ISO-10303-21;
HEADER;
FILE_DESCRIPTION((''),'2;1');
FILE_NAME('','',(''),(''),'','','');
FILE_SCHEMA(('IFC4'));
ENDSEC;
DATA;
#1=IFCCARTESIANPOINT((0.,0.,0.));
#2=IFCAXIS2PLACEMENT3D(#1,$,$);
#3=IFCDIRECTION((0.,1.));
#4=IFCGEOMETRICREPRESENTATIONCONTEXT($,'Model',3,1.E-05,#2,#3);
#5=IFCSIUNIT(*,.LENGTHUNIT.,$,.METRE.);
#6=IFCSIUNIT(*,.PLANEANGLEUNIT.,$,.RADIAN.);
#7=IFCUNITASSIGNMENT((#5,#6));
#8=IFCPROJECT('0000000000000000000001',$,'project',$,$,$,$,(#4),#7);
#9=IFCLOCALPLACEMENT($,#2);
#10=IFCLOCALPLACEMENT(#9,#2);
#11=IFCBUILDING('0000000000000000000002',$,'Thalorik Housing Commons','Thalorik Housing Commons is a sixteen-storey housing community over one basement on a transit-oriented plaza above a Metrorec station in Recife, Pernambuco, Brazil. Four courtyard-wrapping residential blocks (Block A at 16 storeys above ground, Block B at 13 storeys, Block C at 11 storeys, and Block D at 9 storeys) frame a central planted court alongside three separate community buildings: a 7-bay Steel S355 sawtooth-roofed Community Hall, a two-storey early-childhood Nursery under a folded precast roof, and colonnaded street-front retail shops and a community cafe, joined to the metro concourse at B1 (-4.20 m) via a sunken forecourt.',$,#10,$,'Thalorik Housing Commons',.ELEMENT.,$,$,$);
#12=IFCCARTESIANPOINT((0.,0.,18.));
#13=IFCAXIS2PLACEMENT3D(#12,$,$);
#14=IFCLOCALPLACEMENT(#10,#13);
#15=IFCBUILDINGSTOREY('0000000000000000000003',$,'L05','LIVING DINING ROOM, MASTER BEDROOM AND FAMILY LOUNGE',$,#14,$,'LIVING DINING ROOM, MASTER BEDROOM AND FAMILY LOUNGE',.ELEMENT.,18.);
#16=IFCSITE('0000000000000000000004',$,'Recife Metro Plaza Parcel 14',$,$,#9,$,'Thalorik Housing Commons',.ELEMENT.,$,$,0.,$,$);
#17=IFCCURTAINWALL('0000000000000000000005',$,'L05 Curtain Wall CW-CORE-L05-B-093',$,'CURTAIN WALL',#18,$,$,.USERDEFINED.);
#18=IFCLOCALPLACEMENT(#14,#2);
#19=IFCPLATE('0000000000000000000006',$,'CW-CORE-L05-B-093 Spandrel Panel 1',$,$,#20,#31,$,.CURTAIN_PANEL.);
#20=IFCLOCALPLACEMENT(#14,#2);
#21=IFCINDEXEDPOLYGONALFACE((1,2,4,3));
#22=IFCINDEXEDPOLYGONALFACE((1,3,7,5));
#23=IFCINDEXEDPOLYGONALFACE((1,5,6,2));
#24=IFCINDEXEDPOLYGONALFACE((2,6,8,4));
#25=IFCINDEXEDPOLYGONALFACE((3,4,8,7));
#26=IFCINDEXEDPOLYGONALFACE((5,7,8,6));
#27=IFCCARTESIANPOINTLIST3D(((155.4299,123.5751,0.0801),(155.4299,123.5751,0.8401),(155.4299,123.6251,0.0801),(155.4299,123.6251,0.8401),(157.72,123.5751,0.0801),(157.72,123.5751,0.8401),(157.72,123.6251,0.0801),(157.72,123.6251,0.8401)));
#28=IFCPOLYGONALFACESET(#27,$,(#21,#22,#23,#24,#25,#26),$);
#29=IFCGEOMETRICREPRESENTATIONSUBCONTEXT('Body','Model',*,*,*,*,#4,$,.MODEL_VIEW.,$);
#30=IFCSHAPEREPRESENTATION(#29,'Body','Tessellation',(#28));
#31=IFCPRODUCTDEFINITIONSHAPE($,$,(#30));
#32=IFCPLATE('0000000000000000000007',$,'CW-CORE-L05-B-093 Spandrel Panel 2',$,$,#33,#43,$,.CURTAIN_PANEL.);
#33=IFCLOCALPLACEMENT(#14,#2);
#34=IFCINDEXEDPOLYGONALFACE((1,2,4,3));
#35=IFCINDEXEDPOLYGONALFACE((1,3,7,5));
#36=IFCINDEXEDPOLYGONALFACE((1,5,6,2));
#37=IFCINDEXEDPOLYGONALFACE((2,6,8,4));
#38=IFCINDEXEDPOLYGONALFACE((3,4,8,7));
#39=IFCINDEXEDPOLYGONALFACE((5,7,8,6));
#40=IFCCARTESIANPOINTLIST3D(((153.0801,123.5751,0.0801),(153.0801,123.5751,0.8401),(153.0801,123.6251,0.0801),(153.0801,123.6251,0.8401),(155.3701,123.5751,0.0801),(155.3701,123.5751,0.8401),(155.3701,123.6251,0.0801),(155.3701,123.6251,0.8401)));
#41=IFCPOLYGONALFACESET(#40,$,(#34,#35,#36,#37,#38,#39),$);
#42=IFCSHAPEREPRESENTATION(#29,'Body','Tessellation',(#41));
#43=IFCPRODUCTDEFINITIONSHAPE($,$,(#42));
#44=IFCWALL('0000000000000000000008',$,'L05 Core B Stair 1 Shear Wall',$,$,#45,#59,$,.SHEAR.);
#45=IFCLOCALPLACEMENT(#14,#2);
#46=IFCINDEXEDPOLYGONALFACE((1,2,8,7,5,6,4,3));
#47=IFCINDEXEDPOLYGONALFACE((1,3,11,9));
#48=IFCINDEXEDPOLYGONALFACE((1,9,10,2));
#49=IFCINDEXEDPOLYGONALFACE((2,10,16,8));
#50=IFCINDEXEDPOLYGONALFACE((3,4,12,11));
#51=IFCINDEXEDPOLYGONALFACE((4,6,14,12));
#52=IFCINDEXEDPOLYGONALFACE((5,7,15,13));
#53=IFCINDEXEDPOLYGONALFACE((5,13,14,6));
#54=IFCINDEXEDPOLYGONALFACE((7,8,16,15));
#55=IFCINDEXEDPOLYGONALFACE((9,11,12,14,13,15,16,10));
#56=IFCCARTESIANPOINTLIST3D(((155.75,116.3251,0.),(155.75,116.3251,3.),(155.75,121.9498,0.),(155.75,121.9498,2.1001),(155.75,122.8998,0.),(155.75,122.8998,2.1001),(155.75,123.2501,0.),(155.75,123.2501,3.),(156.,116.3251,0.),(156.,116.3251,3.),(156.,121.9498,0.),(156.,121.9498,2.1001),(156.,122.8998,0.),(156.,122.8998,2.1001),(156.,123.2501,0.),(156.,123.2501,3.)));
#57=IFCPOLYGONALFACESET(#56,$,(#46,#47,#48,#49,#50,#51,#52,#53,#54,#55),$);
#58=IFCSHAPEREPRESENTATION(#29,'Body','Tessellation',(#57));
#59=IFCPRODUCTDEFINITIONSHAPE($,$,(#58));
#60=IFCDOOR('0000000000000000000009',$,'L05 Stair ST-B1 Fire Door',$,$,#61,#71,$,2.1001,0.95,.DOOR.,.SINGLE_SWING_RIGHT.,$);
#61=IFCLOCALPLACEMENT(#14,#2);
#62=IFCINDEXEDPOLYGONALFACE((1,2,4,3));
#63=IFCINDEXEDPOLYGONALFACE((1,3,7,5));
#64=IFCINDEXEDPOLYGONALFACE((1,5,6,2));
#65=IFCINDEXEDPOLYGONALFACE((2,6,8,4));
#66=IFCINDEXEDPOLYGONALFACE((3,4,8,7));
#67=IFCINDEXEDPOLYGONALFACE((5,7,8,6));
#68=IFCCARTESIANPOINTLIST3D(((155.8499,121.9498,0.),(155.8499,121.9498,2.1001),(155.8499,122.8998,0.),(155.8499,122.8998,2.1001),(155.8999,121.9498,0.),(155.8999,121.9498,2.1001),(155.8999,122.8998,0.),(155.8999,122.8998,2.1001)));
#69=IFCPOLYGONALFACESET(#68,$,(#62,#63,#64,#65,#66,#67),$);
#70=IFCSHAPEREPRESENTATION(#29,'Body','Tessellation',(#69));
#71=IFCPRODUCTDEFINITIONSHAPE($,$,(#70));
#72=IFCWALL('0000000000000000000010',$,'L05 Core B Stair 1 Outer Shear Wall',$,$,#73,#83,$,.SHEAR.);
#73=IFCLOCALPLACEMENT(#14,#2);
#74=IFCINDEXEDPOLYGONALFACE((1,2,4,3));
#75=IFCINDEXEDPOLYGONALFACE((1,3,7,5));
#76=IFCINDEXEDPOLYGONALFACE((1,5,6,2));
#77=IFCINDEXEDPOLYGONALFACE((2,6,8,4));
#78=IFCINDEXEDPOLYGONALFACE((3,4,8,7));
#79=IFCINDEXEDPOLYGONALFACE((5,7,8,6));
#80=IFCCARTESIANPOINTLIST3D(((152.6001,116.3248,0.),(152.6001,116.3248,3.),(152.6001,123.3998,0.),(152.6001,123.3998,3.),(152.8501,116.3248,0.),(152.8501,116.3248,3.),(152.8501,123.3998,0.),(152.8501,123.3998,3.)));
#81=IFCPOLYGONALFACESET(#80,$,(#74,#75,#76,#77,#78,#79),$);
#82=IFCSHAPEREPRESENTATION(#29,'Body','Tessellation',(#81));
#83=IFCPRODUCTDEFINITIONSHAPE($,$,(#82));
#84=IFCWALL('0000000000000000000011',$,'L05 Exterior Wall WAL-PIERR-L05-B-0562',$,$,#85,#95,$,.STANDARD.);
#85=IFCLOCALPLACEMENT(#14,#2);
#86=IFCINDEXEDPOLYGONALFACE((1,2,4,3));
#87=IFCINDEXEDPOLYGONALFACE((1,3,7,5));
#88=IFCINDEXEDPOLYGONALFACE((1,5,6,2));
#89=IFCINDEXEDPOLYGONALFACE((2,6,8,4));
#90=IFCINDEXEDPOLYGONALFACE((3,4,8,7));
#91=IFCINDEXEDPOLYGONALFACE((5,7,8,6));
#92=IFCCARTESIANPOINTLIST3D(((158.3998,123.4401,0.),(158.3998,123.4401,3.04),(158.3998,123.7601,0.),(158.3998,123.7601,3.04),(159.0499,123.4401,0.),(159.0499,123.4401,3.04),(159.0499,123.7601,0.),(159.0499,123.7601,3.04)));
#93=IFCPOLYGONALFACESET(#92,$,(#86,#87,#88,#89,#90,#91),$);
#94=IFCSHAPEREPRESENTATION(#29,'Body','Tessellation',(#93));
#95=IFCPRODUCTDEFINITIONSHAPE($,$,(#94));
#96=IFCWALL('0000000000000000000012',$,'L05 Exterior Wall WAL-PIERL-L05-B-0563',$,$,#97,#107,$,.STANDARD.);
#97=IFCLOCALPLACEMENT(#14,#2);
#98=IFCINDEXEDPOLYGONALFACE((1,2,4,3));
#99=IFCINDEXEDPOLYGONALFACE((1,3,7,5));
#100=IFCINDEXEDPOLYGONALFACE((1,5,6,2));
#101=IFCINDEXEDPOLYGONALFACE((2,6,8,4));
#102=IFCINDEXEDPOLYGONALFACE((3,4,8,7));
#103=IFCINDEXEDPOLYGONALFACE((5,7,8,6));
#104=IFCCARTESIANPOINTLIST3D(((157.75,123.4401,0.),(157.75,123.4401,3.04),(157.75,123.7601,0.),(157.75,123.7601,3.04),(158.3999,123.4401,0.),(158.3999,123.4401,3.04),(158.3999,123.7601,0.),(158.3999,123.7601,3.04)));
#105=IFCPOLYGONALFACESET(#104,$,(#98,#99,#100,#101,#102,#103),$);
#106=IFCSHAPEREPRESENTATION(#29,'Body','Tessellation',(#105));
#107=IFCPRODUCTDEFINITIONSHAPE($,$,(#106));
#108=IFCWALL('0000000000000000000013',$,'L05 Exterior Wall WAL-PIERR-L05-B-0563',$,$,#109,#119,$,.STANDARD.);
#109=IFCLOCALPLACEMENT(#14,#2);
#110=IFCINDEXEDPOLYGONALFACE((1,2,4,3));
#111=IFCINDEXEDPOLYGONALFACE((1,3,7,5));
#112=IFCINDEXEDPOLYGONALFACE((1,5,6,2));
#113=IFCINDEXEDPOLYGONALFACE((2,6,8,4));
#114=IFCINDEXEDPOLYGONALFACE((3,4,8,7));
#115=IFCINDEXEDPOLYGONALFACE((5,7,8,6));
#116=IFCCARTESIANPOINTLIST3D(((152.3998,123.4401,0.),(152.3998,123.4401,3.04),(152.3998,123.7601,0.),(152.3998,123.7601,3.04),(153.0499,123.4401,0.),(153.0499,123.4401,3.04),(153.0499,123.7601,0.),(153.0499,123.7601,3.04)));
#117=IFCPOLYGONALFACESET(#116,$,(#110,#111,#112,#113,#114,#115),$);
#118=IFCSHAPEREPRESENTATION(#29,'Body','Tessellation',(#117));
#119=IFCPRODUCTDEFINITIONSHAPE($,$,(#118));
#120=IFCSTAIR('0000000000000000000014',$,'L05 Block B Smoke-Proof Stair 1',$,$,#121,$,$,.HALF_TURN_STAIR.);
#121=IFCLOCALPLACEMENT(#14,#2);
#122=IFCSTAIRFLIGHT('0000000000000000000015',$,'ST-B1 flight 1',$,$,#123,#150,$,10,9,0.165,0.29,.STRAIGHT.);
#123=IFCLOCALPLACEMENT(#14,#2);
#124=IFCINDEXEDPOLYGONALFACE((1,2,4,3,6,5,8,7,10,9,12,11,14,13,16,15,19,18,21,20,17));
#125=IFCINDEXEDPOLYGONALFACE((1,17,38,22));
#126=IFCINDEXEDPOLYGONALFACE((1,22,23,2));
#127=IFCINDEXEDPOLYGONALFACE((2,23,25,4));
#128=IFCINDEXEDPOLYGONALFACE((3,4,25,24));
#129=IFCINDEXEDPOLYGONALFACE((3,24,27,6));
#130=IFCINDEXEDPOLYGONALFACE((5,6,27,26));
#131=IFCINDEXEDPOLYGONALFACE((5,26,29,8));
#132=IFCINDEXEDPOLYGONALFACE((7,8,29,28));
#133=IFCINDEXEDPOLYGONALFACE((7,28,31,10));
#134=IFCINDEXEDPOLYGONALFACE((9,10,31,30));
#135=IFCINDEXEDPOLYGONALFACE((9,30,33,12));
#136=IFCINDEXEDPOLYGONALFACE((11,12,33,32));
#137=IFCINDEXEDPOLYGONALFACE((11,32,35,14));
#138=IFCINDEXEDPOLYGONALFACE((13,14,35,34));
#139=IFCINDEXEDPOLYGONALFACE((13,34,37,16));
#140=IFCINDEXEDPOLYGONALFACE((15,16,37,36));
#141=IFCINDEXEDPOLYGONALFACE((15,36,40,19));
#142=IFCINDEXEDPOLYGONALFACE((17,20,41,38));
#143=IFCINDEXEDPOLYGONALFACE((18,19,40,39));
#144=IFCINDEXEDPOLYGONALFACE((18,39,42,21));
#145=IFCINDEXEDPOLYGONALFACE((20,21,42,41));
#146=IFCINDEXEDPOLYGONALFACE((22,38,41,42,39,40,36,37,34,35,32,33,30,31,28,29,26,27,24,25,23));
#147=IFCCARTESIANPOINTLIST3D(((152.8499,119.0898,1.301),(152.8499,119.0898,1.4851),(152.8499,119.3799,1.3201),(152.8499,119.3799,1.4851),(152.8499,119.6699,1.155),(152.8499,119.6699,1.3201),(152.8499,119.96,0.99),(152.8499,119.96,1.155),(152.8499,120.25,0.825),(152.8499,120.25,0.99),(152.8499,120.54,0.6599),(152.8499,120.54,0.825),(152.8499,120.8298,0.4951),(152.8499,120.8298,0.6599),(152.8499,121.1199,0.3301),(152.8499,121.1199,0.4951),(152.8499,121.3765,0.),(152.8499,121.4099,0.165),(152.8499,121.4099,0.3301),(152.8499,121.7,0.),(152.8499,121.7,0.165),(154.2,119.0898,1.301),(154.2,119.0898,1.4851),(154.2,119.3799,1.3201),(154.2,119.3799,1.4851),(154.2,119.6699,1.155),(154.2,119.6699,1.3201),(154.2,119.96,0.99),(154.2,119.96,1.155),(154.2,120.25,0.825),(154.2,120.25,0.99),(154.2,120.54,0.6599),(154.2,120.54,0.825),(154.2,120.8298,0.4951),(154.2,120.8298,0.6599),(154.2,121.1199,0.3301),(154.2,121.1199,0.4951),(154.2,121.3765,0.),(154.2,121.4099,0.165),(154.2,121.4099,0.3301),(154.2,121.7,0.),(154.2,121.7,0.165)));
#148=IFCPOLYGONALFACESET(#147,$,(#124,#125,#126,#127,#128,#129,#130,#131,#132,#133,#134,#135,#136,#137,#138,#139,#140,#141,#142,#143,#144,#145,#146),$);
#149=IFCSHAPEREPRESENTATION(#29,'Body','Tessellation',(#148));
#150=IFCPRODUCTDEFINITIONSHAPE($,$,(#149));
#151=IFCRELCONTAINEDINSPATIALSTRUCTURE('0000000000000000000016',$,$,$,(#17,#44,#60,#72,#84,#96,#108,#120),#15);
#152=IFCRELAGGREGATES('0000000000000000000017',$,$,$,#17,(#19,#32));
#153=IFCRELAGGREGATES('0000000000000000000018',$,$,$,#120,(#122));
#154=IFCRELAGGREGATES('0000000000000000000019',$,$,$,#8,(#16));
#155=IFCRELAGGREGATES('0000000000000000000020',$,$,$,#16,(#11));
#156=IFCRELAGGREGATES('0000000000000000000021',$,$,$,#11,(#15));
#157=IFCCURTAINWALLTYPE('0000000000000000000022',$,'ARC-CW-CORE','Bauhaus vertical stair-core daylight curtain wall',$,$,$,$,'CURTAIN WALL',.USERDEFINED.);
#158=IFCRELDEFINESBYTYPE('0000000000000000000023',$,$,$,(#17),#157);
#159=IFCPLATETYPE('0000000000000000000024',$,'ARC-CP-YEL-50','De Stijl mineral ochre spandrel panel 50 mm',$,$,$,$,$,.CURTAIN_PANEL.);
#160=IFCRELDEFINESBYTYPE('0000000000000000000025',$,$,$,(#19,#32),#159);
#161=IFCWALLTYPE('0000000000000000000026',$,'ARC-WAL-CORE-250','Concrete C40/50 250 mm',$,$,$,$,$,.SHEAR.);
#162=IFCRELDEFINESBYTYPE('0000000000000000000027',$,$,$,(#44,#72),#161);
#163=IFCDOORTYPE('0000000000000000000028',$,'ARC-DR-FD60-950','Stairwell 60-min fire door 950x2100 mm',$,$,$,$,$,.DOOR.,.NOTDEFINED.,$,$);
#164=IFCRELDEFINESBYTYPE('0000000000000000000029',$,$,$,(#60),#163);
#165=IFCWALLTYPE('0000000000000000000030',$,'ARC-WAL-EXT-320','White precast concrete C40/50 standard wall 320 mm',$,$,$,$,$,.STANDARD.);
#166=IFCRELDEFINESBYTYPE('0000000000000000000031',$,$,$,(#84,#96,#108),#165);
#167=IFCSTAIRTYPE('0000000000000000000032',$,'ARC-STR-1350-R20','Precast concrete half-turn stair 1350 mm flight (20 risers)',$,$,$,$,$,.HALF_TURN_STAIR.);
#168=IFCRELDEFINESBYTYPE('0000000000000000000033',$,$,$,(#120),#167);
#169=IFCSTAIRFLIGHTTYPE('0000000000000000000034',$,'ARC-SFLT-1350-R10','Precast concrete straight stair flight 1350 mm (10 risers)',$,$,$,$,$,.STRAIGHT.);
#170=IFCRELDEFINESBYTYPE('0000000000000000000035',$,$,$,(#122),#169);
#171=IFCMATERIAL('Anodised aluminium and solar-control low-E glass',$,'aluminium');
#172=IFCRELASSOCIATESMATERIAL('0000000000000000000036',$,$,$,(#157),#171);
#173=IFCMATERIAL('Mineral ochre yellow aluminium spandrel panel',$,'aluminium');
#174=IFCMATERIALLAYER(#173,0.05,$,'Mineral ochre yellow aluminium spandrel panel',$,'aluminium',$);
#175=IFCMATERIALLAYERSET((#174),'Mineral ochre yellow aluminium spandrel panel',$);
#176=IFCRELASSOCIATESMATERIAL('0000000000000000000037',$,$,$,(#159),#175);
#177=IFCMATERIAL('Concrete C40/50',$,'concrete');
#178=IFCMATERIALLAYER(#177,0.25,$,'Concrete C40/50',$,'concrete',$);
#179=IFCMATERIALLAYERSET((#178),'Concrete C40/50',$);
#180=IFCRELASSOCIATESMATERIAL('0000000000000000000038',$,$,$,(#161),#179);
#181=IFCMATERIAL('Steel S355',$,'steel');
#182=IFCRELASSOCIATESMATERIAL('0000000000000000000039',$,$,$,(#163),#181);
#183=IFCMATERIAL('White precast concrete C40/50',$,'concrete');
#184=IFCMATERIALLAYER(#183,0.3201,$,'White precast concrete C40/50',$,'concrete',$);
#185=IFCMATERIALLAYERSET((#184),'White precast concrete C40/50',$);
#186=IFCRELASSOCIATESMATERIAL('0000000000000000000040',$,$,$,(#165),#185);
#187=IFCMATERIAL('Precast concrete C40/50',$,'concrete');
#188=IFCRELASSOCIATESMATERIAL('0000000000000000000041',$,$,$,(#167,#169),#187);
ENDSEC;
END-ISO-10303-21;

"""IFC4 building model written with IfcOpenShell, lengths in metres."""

from ifc_helpers import new_model, si_unit, direction, frame, frame_2d, origin, origin_2d, place, context, subcontext, project, spatial, polyline, rectangle, outline, extrude, material, layer, layer_set, type_object, element, fill, aggregate, save


model = new_model("IFC4")

# Units and contexts
model_context = context("Model", 3, precision=1e-05, world=origin(), true_north=direction((0.0, 1.0)))
body_context = subcontext(model_context, "Body", "Model", "MODEL_VIEW")
ifc_project = project(units=[si_unit("LENGTHUNIT", "METRE"), si_unit("PLANEANGLEUNIT", "RADIAN")], contexts=[model_context])

# Site, building, storey
site_placement = place(None, origin())
site = spatial("IfcSite", under=ifc_project, at=site_placement, Name="Recife Metro Plaza Parcel 14", LongName="Thalorik Housing Commons", CompositionType="ELEMENT", RefElevation=0.0)
building_placement = place(site_placement, origin())
building = spatial("IfcBuilding", under=site, at=building_placement, Name="Thalorik Housing Commons", Description="Thalorik Housing Commons is a sixteen-storey housing community over one basement on a transit-oriented plaza above a Metrorec station in Recife, Pernambuco, Brazil. Four courtyard-wrapping residential blocks (Block A at 16 storeys above ground, Block B at 13 storeys, Block C at 11 storeys, and Block D at 9 storeys) frame a central planted court alongside three separate community buildings: a 7-bay Steel S355 sawtooth-roofed Community Hall, a two-storey early-childhood Nursery under a folded precast roof, and colonnaded street-front retail shops and a community cafe, joined to the metro concourse at B1 (-4.20 m) via a sunken forecourt.", LongName="Thalorik Housing Commons", CompositionType="ELEMENT")
storey_placement = place(building_placement, frame((0.0, 0.0, 18.0)))
storey = spatial("IfcBuildingStorey", under=building, at=storey_placement, Name="L05", Description="LIVING DINING ROOM, MASTER BEDROOM AND FAMILY LOUNGE", LongName="LIVING DINING ROOM, MASTER BEDROOM AND FAMILY LOUNGE", CompositionType="ELEMENT", Elevation=18.0)

# Shared definitions
ifc_material_1 = material(Name="Precast concrete C40/50", Category="concrete")

# Curtain wall
ifc_material_2 = material(Name="Anodised aluminium and solar-control low-E glass", Category="aluminium")
curtain_wall_type = type_object("IfcCurtainWallType", Name="ARC-CW-CORE", Description="Bauhaus vertical stair-core daylight curtain wall", ElementType="CURTAIN WALL", PredefinedType="USERDEFINED", material=ifc_material_2)
curtain_wall_1_placement = place(storey_placement, origin())
curtain_wall_1 = element("IfcCurtainWall", 1, at=curtain_wall_1_placement, inside=storey, type_object=curtain_wall_type, Name="L05 Curtain Wall CW-CORE-L05-B-093", ObjectType="CURTAIN WALL", PredefinedType="USERDEFINED")

# Plates
ifc_material_3 = material(Name="Mineral ochre yellow aluminium spandrel panel", Category="aluminium")
ifc_layer_1 = layer(ifc_material_3, 0.05, Name="Mineral ochre yellow aluminium spandrel panel", Category="aluminium")
ifc_layer_set_1 = layer_set([ifc_layer_1], Name="Mineral ochre yellow aluminium spandrel panel")
plate_type_1 = type_object("IfcPlateType", Name="ARC-CP-YEL-50", Description="De Stijl mineral ochre spandrel panel 50 mm", PredefinedType="CURTAIN_PANEL", material=ifc_layer_set_1)
plate_1_placement = place(storey_placement, frame((156.575, 123.6001, 0.0801), z_axis=(0.0, 0.0, 1.0), x_axis=(-1.0, 0.0, 0.0)))
plate_1 = element("IfcPlate", 2, at=plate_1_placement, type_object=plate_type_1, Name="CW-CORE-L05-B-093 Spandrel Panel 1", PredefinedType="CURTAIN_PANEL", context=body_context, shape_type="SweptSolid", body=[
    extrude(rectangle(XDim=2.29, YDim=0.05, at=origin_2d()), origin(), (0.0, 0.0, 1.0), 0.76),
])
plate_2_placement = place(storey_placement, frame((154.2251, 123.6001, 0.0801), z_axis=(0.0, 0.0, 1.0), x_axis=(-1.0, 0.0, 0.0)))
plate_2 = element("IfcPlate", 3, at=plate_2_placement, type_object=plate_type_1, Name="CW-CORE-L05-B-093 Spandrel Panel 2", PredefinedType="CURTAIN_PANEL", context=body_context, shape_type="SweptSolid", body=[
    extrude(rectangle(XDim=2.29, YDim=0.05, at=origin_2d()), origin(), (0.0, 0.0, 1.0), 0.76),
])
aggregate(curtain_wall_1, [plate_1, plate_2])

# Wall, opening, door
ifc_material_4 = material(Name="Concrete C40/50", Category="concrete")
ifc_layer_2 = layer(ifc_material_4, 0.25, Name="Concrete C40/50", Category="concrete")
ifc_layer_set_2 = layer_set([ifc_layer_2], Name="Concrete C40/50")
wall_type_1 = type_object("IfcWallType", Name="ARC-WAL-CORE-250", Description="Concrete C40/50 250 mm", PredefinedType="SHEAR", material=ifc_layer_set_2)
wall_1_placement = place(storey_placement, frame((155.875, 123.25, 0.0), z_axis=(0.0, 0.0, 1.0), x_axis=(0.0, -1.0, 0.0)))
wall_1 = element("IfcWall", 4, at=wall_1_placement, inside=storey, type_object=wall_type_1, Name="L05 Core B Stair 1 Shear Wall", PredefinedType="SHEAR", context=body_context, shape_type="SweptSolid", body=[
    extrude(rectangle(XDim=6.925, YDim=0.25, at=frame_2d((3.4624, 0.0))), origin(), (0.0, 0.0, 1.0), 3.0),
])
opening_1_placement = place(wall_1_placement, frame((0.3501, 0.0, 0.0)))
opening_1 = element("IfcOpeningElement", 5, at=opening_1_placement, cuts=wall_1, PredefinedType="OPENING", context=body_context, shape_type="SweptSolid", body=[
    extrude(rectangle(XDim=0.95, YDim=2.1001, at=frame_2d((0.4751, 1.05))), frame((0.0, 0.135, 0.0), z_axis=(0.0, -1.0, 0.0), x_axis=(1.0, 0.0, 0.0)), (0.0, 0.0, 1.0), 0.27),
])
ifc_material_5 = material(Name="Steel S355", Category="steel")
door_type_1 = type_object("IfcDoorType", Name="ARC-DR-FD60-950", Description="Stairwell 60-min fire door 950x2100 mm", OperationType="NOTDEFINED", PredefinedType="DOOR", material=ifc_material_5)
door_1_placement = place(opening_1_placement, origin())
door_1 = element("IfcDoor", 6, at=door_1_placement, inside=storey, type_object=door_type_1, Name="L05 Stair ST-B1 Fire Door", OperationType="SINGLE_SWING_RIGHT", OverallHeight=2.1001, OverallWidth=0.95, PredefinedType="DOOR", context=body_context, shape_type="SweptSolid", body=[
    extrude(rectangle(XDim=0.95, YDim=2.1001, at=frame_2d((0.4751, 1.05))), frame((0.0, 0.0249, 0.0), z_axis=(0.0, -1.0, 0.0), x_axis=(1.0, 0.0, 0.0)), (0.0, 0.0, 1.0), 0.05),
])
fill(opening_1, door_1)

# Walls
wall_2_placement = place(storey_placement, frame((152.7251, 123.3999, 0.0), z_axis=(0.0, 0.0, 1.0), x_axis=(0.0, -1.0, 0.0)))
element("IfcWall", 7, at=wall_2_placement, inside=storey, type_object=wall_type_1, Name="L05 Core B Stair 1 Outer Shear Wall", PredefinedType="SHEAR", context=body_context, shape_type="SweptSolid", body=[
    extrude(rectangle(XDim=7.075, YDim=0.25, at=frame_2d((3.5376, 0.0))), origin(), (0.0, 0.0, 1.0), 3.0),
])
ifc_material_6 = material(Name="White precast concrete C40/50", Category="concrete")
ifc_layer_3 = layer(ifc_material_6, 0.3201, Name="White precast concrete C40/50", Category="concrete")
ifc_layer_set_3 = layer_set([ifc_layer_3], Name="White precast concrete C40/50")
wall_type_2 = type_object("IfcWallType", Name="ARC-WAL-EXT-320", Description="White precast concrete C40/50 standard wall 320 mm", PredefinedType="STANDARD", material=ifc_layer_set_3)
wall_3_placement = place(storey_placement, frame((159.05, 123.6001, 0.0), z_axis=(0.0, 0.0, 1.0), x_axis=(-1.0, 0.0, 0.0)))
element("IfcWall", 8, at=wall_3_placement, inside=storey, type_object=wall_type_2, Name="L05 Exterior Wall WAL-PIERR-L05-B-0562", PredefinedType="STANDARD", context=body_context, shape_type="SweptSolid", body=[
    extrude(rectangle(XDim=0.6501, YDim=0.3201, at=frame_2d((0.3252, 0.0))), origin(), (0.0, 0.0, 1.0), 3.04),
])
wall_4_placement = place(storey_placement, frame((158.3999, 123.6001, 0.0), z_axis=(0.0, 0.0, 1.0), x_axis=(-1.0, 0.0, 0.0)))
element("IfcWall", 9, at=wall_4_placement, inside=storey, type_object=wall_type_2, Name="L05 Exterior Wall WAL-PIERL-L05-B-0563", PredefinedType="STANDARD", context=body_context, shape_type="SweptSolid", body=[
    extrude(rectangle(XDim=0.6499, YDim=0.3201, at=frame_2d((0.325, 0.0))), origin(), (0.0, 0.0, 1.0), 3.04),
])
wall_5_placement = place(storey_placement, frame((153.05, 123.6001, 0.0), z_axis=(0.0, 0.0, 1.0), x_axis=(-1.0, 0.0, 0.0)))
element("IfcWall", 10, at=wall_5_placement, inside=storey, type_object=wall_type_2, Name="L05 Exterior Wall WAL-PIERR-L05-B-0563", PredefinedType="STANDARD", context=body_context, shape_type="SweptSolid", body=[
    extrude(rectangle(XDim=0.6501, YDim=0.3201, at=frame_2d((0.3252, 0.0))), origin(), (0.0, 0.0, 1.0), 3.04),
])

# Stair, stair flight
stair_type = type_object("IfcStairType", Name="ARC-STR-1350-R20", Description="Precast concrete half-turn stair 1350 mm flight (20 risers)", PredefinedType="HALF_TURN_STAIR", material=ifc_material_1)
stair_placement = place(storey_placement, origin())
stair = element("IfcStair", 11, at=stair_placement, inside=storey, type_object=stair_type, Name="L05 Block B Smoke-Proof Stair 1", PredefinedType="HALF_TURN_STAIR")
stair_flight_type = type_object("IfcStairFlightType", Name="ARC-SFLT-1350-R10", Description="Precast concrete straight stair flight 1350 mm (10 risers)", PredefinedType="STRAIGHT", material=ifc_material_1)
stair_flight_placement = place(storey_placement, frame((153.5249, 121.7, 0.0), z_axis=(0.0, 0.0, 1.0), x_axis=(0.0, -1.0, 0.0)))
stair_flight = element("IfcStairFlight", 12, at=stair_flight_placement, type_object=stair_flight_type, Name="ST-B1 flight 1", NumberOfRisers=10, NumberOfTreads=9, PredefinedType="STRAIGHT", RiserHeight=0.165, TreadLength=0.29, context=body_context, shape_type="SweptSolid", body=[
    extrude(outline(polyline([(0.0, 0.0), (0.0, 0.165), (0.29, 0.165), (0.29, 0.3301), (0.5801, 0.3301), (0.5801, 0.4951), (0.8701, 0.4951), (0.8701, 0.6599), (1.1599, 0.6599), (1.1599, 0.825), (1.45, 0.825), (1.45, 0.99), (1.74, 0.99), (1.74, 1.155), (2.03, 1.155), (2.03, 1.3201), (2.3201, 1.3201), (2.3201, 1.4851), (2.6101, 1.4851), (2.6101, 1.6499), (2.6101, 1.301), (0.3235, 0.0), (0.0, 0.0)])), frame((0.0, 0.675, 0.0), z_axis=(0.0, -1.0, 0.0), x_axis=(1.0, 0.0, 0.0)), (0.0, 0.0, 1.0), 1.3501),
])
aggregate(stair, [stair_flight])

save(model, "model.ifc")
